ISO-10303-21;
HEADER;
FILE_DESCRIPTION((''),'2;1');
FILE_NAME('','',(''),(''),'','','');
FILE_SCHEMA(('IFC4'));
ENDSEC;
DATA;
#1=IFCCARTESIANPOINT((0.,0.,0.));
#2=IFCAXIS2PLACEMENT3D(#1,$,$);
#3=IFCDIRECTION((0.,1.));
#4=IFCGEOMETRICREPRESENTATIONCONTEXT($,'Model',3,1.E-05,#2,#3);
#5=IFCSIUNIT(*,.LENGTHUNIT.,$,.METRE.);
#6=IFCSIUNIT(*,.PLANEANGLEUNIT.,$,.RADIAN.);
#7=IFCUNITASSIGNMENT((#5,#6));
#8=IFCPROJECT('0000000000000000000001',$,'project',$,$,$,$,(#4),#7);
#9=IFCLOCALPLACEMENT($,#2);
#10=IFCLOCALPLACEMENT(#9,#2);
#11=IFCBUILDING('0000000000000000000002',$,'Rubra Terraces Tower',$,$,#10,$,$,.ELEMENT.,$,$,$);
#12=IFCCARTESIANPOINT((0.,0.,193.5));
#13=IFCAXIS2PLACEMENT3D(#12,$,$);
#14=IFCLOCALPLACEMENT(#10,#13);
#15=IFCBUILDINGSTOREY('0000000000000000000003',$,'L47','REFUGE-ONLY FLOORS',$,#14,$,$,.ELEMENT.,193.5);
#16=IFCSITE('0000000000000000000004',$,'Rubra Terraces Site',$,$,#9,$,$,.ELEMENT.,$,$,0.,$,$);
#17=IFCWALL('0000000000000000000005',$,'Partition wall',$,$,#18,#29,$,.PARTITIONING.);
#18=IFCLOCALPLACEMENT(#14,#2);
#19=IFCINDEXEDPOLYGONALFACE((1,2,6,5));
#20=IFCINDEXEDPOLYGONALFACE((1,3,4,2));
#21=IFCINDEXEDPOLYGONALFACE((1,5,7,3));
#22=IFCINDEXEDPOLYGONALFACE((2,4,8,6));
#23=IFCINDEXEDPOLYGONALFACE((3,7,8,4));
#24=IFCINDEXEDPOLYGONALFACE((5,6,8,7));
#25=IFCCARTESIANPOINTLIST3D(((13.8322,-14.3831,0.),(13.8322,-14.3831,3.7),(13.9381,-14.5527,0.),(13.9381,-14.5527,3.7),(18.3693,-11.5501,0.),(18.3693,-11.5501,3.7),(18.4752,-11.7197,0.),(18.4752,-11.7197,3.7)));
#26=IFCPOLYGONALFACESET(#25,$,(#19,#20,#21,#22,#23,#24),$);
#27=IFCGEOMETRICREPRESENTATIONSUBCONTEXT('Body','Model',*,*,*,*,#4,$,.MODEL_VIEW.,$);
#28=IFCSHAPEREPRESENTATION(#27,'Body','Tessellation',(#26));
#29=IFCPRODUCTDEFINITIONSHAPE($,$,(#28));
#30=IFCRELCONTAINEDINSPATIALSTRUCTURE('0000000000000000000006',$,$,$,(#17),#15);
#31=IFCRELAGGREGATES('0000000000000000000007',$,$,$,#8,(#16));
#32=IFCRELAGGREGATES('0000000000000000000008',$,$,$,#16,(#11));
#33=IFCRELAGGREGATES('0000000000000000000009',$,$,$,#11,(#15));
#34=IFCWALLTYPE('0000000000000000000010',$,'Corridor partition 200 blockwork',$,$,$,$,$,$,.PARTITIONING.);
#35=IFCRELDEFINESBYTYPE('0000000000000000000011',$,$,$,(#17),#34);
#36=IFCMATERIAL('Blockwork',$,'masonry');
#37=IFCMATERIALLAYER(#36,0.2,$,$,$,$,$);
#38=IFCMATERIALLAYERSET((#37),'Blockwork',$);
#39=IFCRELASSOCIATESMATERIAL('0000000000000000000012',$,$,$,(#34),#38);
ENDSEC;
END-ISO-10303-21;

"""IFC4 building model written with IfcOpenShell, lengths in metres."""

from ifc_helpers import new_model, si_unit, direction, frame, frame_2d, origin, place, context, subcontext, project, spatial, rectangle, extrude, material, layer, layer_set, type_object, element, save


model = new_model("IFC4")

# Units and contexts
model_context = context("Model", 3, precision=1e-05, world=origin(), true_north=direction((0.0, 1.0)))
body_context = subcontext(model_context, "Body", "Model", "MODEL_VIEW")
ifc_project = project(units=[si_unit("LENGTHUNIT", "METRE"), si_unit("PLANEANGLEUNIT", "RADIAN")], contexts=[model_context])

# Site, building, storey
site_placement = place(None, origin())
site = spatial("IfcSite", under=ifc_project, at=site_placement, Name="Rubra Terraces Site", CompositionType="ELEMENT", RefElevation=0.0)
building_placement = place(site_placement, origin())
building = spatial("IfcBuilding", under=site, at=building_placement, Name="Rubra Terraces Tower", CompositionType="ELEMENT")
storey_placement = place(building_placement, frame((0.0, 0.0, 193.5)))
storey = spatial("IfcBuildingStorey", under=building, at=storey_placement, Name="L47", Description="REFUGE-ONLY FLOORS", CompositionType="ELEMENT", Elevation=193.5)

# Wall
ifc_material_1 = material(Name="Blockwork", Category="masonry")
ifc_layer_1 = layer(ifc_material_1, 0.2)
ifc_layer_set_1 = layer_set([ifc_layer_1], Name="Blockwork")
wall_type_1 = type_object("IfcWallType", Name="Corridor partition 200 blockwork", PredefinedType="PARTITIONING", material=ifc_layer_set_1)
wall_1_placement = place(storey_placement, frame((18.4221, -11.635, 0.0), z_axis=(0.0, 0.0, 1.0), x_axis=(-0.848224, -0.529638, 0.0)))
element("IfcWall", 1, at=wall_1_placement, inside=storey, type_object=wall_type_1, Name="Partition wall", PredefinedType="PARTITIONING", context=body_context, shape_type="SweptSolid", body=[
    extrude(rectangle(XDim=5.3489, YDim=0.2, at=frame_2d((2.6743, 0.0))), origin(), (0.0, 0.0, 1.0), 3.7),
])

save(model, "model.ifc")
